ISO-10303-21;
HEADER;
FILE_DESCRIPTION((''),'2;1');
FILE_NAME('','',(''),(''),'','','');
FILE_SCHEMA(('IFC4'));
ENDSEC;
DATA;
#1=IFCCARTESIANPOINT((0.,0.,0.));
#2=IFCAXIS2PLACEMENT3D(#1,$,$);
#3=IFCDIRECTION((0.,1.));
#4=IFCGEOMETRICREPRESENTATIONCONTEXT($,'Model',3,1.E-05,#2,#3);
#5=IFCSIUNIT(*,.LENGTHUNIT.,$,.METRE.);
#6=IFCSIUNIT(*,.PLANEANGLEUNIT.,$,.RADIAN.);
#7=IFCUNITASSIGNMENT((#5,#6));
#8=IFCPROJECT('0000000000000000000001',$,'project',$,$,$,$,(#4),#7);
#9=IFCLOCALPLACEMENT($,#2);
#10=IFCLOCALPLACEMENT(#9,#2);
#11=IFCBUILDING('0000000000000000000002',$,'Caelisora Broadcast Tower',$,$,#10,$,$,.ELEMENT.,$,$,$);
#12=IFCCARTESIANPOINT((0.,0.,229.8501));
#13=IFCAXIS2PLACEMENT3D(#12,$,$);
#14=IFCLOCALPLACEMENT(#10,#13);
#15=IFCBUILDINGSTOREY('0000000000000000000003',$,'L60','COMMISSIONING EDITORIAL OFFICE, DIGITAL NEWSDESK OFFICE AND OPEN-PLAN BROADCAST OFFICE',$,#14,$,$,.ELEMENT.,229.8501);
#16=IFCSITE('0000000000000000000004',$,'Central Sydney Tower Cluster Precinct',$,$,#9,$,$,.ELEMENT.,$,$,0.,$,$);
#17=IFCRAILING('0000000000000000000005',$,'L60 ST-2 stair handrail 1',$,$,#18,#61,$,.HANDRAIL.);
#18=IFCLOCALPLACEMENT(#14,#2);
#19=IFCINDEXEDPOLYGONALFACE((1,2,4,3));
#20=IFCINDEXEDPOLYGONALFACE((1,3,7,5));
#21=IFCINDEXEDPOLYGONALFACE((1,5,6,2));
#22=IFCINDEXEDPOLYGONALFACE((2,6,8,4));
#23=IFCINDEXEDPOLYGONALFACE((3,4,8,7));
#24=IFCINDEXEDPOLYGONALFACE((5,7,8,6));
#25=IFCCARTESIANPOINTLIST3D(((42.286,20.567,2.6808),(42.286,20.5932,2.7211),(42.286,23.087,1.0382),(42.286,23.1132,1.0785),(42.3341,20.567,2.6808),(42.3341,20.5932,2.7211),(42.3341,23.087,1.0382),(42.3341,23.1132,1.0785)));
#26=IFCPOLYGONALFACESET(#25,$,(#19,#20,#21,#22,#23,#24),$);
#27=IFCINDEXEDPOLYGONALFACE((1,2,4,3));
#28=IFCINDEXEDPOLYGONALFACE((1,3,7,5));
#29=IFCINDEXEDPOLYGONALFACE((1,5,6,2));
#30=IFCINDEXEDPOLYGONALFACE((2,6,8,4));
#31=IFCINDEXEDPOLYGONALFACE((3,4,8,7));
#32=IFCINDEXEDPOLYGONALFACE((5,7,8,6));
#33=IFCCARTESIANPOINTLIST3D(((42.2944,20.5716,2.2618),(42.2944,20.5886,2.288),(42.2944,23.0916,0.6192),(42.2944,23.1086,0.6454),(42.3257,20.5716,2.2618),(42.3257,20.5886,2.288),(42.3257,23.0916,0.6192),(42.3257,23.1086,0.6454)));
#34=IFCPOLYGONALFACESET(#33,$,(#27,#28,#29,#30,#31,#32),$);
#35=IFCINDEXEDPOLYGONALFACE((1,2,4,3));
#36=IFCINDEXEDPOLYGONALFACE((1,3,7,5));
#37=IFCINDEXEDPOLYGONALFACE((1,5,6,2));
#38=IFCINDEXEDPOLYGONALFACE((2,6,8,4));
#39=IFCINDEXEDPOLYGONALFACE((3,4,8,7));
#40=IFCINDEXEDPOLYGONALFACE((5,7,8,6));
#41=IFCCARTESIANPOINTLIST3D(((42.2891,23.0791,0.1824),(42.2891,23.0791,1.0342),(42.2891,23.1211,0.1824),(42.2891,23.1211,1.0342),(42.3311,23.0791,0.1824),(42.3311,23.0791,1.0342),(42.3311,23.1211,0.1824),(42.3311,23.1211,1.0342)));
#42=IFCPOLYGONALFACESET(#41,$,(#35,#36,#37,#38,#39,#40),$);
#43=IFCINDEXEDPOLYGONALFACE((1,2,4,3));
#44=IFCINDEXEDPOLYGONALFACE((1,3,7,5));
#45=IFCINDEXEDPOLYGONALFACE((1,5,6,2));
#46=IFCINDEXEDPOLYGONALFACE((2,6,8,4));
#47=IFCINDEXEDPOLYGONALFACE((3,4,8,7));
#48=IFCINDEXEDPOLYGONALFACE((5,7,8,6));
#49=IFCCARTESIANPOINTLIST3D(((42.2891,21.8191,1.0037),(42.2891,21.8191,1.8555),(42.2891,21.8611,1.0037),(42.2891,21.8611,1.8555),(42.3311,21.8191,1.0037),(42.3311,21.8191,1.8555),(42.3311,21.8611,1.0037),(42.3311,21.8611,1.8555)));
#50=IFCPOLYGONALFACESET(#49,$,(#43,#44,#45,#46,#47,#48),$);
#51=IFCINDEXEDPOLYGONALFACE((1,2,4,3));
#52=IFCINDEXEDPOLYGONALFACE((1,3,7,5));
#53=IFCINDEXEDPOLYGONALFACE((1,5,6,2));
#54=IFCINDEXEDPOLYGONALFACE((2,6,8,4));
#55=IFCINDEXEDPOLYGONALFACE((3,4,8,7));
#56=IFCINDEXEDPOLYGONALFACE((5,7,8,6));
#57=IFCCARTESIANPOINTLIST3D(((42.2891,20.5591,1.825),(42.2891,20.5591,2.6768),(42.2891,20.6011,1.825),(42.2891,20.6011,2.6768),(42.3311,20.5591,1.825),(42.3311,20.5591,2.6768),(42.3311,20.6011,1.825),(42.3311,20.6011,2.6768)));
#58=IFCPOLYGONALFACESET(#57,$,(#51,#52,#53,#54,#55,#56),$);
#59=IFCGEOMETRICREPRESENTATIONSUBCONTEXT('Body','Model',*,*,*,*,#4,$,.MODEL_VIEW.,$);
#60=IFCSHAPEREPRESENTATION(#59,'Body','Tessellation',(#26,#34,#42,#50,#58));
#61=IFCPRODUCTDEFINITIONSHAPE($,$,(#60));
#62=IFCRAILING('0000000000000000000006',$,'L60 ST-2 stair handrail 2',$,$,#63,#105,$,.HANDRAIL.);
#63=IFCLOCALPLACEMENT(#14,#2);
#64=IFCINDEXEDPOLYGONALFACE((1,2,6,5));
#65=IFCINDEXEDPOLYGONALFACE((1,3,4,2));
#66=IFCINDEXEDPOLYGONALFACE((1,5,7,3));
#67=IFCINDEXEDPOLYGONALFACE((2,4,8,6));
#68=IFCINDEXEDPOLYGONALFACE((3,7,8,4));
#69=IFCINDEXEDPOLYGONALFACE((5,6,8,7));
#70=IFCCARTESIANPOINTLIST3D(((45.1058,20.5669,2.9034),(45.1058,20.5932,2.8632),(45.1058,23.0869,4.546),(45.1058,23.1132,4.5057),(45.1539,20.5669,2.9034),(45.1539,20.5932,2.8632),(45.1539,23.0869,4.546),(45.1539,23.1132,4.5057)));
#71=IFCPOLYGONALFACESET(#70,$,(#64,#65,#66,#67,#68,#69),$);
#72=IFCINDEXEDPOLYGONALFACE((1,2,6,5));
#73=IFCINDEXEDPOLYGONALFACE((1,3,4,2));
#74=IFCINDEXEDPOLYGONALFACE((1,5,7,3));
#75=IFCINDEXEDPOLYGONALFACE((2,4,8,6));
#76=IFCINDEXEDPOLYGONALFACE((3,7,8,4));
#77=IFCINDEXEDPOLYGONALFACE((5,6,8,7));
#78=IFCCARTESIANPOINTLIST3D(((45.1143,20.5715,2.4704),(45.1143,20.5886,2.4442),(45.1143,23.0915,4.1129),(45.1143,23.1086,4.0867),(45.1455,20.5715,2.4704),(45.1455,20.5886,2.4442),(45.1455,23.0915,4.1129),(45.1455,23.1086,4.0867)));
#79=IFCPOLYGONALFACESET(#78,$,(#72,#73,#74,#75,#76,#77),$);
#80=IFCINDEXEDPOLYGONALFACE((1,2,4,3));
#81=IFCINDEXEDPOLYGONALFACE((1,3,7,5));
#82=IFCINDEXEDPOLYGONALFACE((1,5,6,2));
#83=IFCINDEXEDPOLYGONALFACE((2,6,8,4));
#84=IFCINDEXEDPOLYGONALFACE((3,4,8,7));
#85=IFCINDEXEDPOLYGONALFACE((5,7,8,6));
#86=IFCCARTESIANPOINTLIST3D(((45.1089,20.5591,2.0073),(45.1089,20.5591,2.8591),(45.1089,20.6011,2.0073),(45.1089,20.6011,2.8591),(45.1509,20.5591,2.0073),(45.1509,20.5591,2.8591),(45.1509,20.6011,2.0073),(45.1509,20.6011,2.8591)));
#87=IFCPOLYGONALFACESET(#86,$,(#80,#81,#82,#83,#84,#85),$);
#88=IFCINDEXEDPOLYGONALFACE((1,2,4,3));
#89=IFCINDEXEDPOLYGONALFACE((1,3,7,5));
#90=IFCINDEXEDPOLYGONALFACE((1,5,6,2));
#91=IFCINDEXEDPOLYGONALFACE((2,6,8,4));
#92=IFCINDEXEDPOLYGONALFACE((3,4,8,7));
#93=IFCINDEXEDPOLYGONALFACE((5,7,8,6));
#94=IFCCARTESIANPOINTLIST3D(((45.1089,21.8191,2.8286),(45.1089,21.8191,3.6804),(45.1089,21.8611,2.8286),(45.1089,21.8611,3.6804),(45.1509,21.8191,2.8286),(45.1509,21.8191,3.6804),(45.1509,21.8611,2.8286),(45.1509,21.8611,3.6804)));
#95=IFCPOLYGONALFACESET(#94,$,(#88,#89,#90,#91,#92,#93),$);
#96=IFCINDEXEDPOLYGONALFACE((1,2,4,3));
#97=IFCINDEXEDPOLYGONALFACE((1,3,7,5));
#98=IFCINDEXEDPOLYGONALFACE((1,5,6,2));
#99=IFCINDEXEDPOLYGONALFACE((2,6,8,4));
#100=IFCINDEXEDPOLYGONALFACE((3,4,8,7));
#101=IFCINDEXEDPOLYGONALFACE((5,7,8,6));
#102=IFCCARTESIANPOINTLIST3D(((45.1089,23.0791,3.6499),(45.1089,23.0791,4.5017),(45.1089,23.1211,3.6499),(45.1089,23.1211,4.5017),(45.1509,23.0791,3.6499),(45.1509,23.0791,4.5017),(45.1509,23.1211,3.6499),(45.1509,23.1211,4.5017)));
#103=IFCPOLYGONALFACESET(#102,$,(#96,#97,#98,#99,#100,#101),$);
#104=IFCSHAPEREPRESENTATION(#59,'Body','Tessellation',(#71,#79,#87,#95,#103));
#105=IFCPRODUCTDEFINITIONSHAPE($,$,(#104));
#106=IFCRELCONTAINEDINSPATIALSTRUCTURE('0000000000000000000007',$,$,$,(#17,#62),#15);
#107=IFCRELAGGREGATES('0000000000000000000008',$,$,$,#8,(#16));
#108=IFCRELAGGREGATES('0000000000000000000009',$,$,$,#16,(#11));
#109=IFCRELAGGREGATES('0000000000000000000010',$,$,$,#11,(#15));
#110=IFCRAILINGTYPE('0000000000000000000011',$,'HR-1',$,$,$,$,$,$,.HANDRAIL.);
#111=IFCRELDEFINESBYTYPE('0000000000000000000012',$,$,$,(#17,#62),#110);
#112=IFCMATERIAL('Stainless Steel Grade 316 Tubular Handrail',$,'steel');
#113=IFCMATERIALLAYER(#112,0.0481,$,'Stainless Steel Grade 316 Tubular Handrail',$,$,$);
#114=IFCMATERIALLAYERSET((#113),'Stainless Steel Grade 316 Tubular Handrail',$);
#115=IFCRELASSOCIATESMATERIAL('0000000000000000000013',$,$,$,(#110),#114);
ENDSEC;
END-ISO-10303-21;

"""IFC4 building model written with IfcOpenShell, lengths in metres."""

from ifc_helpers import new_model, si_unit, direction, frame, origin, origin_2d, place, context, subcontext, project, spatial, rectangle, extrude, material, layer, layer_set, type_object, element, save


model = new_model("IFC4")

# Units and contexts
model_context = context("Model", 3, precision=1e-05, world=origin(), true_north=direction((0.0, 1.0)))
body_context = subcontext(model_context, "Body", "Model", "MODEL_VIEW")
ifc_project = project(units=[si_unit("LENGTHUNIT", "METRE"), si_unit("PLANEANGLEUNIT", "RADIAN")], contexts=[model_context])

# Site, building, storey
site_placement = place(None, origin())
site = spatial("IfcSite", under=ifc_project, at=site_placement, Name="Central Sydney Tower Cluster Precinct", CompositionType="ELEMENT", RefElevation=0.0)
building_placement = place(site_placement, origin())
building = spatial("IfcBuilding", under=site, at=building_placement, Name="Caelisora Broadcast Tower", CompositionType="ELEMENT")
storey_placement = place(building_placement, frame((0.0, 0.0, 229.8501)))
storey = spatial("IfcBuildingStorey", under=building, at=storey_placement, Name="L60", Description="COMMISSIONING EDITORIAL OFFICE, DIGITAL NEWSDESK OFFICE AND OPEN-PLAN BROADCAST OFFICE", CompositionType="ELEMENT", Elevation=229.8501)

# Railings
ifc_material_1 = material(Name="Stainless Steel Grade 316 Tubular Handrail", Category="steel")
ifc_layer_1 = layer(ifc_material_1, 0.0481, Name="Stainless Steel Grade 316 Tubular Handrail")
ifc_layer_set_1 = layer_set([ifc_layer_1], Name="Stainless Steel Grade 316 Tubular Handrail")
railing_type_1 = type_object("IfcRailingType", Name="HR-1", PredefinedType="HANDRAIL", material=ifc_layer_set_1)
railing_1_placement = place(storey_placement, frame((42.3101, 23.1001, 0.1824)))
element("IfcRailing", 1, at=railing_1_placement, inside=storey, type_object=railing_type_1, Name="L60 ST-2 stair handrail 1", PredefinedType="HANDRAIL", context=body_context, shape_type="SweptSolid", body=[
    extrude(rectangle(XDim=0.0481, YDim=0.0481, at=origin_2d()), frame((0.0, 0.0, 0.876), z_axis=(0.0, -0.837749, 0.546055), x_axis=(1.0, 0.0, 0.0)), (0.0, 0.0, 1.0), 3.0081),
    extrude(rectangle(XDim=0.0312, YDim=0.0312, at=origin_2d()), frame((0.0, 0.0, 0.45), z_axis=(0.0, -0.837749, 0.546055), x_axis=(1.0, 0.0, 0.0)), (0.0, 0.0, 1.0), 3.0081),
    extrude(rectangle(XDim=0.042, YDim=0.042, at=origin_2d()), origin(), (0.0, 0.0, 1.0), 0.8518),
    extrude(rectangle(XDim=0.042, YDim=0.042, at=origin_2d()), frame((0.0, -1.26, 0.8213)), (0.0, 0.0, 1.0), 0.8518),
    extrude(rectangle(XDim=0.042, YDim=0.042, at=origin_2d()), frame((0.0, -2.52, 1.6426)), (0.0, 0.0, 1.0), 0.8518),
])
railing_2_placement = place(storey_placement, frame((45.1299, 20.5801, 2.0073)))
element("IfcRailing", 2, at=railing_2_placement, inside=storey, type_object=railing_type_1, Name="L60 ST-2 stair handrail 2", PredefinedType="HANDRAIL", context=body_context, shape_type="SweptSolid", body=[
    extrude(rectangle(XDim=0.0481, YDim=0.0481, at=origin_2d()), frame((0.0, 0.0, 0.876), z_axis=(0.0, 0.837749, 0.546055), x_axis=(-1.0, 0.0, 0.0)), (0.0, 0.0, 1.0), 3.0081),
    extrude(rectangle(XDim=0.0312, YDim=0.0312, at=origin_2d()), frame((0.0, 0.0, 0.45), z_axis=(0.0, 0.837749, 0.546055), x_axis=(-1.0, 0.0, 0.0)), (0.0, 0.0, 1.0), 3.0081),
    extrude(rectangle(XDim=0.042, YDim=0.042, at=origin_2d()), origin(), (0.0, 0.0, 1.0), 0.8518),
    extrude(rectangle(XDim=0.042, YDim=0.042, at=origin_2d()), frame((0.0, 1.26, 0.8213)), (0.0, 0.0, 1.0), 0.8518),
    extrude(rectangle(XDim=0.042, YDim=0.042, at=origin_2d()), frame((0.0, 2.52, 1.6426)), (0.0, 0.0, 1.0), 0.8518),
])

save(model, "model.ifc")
